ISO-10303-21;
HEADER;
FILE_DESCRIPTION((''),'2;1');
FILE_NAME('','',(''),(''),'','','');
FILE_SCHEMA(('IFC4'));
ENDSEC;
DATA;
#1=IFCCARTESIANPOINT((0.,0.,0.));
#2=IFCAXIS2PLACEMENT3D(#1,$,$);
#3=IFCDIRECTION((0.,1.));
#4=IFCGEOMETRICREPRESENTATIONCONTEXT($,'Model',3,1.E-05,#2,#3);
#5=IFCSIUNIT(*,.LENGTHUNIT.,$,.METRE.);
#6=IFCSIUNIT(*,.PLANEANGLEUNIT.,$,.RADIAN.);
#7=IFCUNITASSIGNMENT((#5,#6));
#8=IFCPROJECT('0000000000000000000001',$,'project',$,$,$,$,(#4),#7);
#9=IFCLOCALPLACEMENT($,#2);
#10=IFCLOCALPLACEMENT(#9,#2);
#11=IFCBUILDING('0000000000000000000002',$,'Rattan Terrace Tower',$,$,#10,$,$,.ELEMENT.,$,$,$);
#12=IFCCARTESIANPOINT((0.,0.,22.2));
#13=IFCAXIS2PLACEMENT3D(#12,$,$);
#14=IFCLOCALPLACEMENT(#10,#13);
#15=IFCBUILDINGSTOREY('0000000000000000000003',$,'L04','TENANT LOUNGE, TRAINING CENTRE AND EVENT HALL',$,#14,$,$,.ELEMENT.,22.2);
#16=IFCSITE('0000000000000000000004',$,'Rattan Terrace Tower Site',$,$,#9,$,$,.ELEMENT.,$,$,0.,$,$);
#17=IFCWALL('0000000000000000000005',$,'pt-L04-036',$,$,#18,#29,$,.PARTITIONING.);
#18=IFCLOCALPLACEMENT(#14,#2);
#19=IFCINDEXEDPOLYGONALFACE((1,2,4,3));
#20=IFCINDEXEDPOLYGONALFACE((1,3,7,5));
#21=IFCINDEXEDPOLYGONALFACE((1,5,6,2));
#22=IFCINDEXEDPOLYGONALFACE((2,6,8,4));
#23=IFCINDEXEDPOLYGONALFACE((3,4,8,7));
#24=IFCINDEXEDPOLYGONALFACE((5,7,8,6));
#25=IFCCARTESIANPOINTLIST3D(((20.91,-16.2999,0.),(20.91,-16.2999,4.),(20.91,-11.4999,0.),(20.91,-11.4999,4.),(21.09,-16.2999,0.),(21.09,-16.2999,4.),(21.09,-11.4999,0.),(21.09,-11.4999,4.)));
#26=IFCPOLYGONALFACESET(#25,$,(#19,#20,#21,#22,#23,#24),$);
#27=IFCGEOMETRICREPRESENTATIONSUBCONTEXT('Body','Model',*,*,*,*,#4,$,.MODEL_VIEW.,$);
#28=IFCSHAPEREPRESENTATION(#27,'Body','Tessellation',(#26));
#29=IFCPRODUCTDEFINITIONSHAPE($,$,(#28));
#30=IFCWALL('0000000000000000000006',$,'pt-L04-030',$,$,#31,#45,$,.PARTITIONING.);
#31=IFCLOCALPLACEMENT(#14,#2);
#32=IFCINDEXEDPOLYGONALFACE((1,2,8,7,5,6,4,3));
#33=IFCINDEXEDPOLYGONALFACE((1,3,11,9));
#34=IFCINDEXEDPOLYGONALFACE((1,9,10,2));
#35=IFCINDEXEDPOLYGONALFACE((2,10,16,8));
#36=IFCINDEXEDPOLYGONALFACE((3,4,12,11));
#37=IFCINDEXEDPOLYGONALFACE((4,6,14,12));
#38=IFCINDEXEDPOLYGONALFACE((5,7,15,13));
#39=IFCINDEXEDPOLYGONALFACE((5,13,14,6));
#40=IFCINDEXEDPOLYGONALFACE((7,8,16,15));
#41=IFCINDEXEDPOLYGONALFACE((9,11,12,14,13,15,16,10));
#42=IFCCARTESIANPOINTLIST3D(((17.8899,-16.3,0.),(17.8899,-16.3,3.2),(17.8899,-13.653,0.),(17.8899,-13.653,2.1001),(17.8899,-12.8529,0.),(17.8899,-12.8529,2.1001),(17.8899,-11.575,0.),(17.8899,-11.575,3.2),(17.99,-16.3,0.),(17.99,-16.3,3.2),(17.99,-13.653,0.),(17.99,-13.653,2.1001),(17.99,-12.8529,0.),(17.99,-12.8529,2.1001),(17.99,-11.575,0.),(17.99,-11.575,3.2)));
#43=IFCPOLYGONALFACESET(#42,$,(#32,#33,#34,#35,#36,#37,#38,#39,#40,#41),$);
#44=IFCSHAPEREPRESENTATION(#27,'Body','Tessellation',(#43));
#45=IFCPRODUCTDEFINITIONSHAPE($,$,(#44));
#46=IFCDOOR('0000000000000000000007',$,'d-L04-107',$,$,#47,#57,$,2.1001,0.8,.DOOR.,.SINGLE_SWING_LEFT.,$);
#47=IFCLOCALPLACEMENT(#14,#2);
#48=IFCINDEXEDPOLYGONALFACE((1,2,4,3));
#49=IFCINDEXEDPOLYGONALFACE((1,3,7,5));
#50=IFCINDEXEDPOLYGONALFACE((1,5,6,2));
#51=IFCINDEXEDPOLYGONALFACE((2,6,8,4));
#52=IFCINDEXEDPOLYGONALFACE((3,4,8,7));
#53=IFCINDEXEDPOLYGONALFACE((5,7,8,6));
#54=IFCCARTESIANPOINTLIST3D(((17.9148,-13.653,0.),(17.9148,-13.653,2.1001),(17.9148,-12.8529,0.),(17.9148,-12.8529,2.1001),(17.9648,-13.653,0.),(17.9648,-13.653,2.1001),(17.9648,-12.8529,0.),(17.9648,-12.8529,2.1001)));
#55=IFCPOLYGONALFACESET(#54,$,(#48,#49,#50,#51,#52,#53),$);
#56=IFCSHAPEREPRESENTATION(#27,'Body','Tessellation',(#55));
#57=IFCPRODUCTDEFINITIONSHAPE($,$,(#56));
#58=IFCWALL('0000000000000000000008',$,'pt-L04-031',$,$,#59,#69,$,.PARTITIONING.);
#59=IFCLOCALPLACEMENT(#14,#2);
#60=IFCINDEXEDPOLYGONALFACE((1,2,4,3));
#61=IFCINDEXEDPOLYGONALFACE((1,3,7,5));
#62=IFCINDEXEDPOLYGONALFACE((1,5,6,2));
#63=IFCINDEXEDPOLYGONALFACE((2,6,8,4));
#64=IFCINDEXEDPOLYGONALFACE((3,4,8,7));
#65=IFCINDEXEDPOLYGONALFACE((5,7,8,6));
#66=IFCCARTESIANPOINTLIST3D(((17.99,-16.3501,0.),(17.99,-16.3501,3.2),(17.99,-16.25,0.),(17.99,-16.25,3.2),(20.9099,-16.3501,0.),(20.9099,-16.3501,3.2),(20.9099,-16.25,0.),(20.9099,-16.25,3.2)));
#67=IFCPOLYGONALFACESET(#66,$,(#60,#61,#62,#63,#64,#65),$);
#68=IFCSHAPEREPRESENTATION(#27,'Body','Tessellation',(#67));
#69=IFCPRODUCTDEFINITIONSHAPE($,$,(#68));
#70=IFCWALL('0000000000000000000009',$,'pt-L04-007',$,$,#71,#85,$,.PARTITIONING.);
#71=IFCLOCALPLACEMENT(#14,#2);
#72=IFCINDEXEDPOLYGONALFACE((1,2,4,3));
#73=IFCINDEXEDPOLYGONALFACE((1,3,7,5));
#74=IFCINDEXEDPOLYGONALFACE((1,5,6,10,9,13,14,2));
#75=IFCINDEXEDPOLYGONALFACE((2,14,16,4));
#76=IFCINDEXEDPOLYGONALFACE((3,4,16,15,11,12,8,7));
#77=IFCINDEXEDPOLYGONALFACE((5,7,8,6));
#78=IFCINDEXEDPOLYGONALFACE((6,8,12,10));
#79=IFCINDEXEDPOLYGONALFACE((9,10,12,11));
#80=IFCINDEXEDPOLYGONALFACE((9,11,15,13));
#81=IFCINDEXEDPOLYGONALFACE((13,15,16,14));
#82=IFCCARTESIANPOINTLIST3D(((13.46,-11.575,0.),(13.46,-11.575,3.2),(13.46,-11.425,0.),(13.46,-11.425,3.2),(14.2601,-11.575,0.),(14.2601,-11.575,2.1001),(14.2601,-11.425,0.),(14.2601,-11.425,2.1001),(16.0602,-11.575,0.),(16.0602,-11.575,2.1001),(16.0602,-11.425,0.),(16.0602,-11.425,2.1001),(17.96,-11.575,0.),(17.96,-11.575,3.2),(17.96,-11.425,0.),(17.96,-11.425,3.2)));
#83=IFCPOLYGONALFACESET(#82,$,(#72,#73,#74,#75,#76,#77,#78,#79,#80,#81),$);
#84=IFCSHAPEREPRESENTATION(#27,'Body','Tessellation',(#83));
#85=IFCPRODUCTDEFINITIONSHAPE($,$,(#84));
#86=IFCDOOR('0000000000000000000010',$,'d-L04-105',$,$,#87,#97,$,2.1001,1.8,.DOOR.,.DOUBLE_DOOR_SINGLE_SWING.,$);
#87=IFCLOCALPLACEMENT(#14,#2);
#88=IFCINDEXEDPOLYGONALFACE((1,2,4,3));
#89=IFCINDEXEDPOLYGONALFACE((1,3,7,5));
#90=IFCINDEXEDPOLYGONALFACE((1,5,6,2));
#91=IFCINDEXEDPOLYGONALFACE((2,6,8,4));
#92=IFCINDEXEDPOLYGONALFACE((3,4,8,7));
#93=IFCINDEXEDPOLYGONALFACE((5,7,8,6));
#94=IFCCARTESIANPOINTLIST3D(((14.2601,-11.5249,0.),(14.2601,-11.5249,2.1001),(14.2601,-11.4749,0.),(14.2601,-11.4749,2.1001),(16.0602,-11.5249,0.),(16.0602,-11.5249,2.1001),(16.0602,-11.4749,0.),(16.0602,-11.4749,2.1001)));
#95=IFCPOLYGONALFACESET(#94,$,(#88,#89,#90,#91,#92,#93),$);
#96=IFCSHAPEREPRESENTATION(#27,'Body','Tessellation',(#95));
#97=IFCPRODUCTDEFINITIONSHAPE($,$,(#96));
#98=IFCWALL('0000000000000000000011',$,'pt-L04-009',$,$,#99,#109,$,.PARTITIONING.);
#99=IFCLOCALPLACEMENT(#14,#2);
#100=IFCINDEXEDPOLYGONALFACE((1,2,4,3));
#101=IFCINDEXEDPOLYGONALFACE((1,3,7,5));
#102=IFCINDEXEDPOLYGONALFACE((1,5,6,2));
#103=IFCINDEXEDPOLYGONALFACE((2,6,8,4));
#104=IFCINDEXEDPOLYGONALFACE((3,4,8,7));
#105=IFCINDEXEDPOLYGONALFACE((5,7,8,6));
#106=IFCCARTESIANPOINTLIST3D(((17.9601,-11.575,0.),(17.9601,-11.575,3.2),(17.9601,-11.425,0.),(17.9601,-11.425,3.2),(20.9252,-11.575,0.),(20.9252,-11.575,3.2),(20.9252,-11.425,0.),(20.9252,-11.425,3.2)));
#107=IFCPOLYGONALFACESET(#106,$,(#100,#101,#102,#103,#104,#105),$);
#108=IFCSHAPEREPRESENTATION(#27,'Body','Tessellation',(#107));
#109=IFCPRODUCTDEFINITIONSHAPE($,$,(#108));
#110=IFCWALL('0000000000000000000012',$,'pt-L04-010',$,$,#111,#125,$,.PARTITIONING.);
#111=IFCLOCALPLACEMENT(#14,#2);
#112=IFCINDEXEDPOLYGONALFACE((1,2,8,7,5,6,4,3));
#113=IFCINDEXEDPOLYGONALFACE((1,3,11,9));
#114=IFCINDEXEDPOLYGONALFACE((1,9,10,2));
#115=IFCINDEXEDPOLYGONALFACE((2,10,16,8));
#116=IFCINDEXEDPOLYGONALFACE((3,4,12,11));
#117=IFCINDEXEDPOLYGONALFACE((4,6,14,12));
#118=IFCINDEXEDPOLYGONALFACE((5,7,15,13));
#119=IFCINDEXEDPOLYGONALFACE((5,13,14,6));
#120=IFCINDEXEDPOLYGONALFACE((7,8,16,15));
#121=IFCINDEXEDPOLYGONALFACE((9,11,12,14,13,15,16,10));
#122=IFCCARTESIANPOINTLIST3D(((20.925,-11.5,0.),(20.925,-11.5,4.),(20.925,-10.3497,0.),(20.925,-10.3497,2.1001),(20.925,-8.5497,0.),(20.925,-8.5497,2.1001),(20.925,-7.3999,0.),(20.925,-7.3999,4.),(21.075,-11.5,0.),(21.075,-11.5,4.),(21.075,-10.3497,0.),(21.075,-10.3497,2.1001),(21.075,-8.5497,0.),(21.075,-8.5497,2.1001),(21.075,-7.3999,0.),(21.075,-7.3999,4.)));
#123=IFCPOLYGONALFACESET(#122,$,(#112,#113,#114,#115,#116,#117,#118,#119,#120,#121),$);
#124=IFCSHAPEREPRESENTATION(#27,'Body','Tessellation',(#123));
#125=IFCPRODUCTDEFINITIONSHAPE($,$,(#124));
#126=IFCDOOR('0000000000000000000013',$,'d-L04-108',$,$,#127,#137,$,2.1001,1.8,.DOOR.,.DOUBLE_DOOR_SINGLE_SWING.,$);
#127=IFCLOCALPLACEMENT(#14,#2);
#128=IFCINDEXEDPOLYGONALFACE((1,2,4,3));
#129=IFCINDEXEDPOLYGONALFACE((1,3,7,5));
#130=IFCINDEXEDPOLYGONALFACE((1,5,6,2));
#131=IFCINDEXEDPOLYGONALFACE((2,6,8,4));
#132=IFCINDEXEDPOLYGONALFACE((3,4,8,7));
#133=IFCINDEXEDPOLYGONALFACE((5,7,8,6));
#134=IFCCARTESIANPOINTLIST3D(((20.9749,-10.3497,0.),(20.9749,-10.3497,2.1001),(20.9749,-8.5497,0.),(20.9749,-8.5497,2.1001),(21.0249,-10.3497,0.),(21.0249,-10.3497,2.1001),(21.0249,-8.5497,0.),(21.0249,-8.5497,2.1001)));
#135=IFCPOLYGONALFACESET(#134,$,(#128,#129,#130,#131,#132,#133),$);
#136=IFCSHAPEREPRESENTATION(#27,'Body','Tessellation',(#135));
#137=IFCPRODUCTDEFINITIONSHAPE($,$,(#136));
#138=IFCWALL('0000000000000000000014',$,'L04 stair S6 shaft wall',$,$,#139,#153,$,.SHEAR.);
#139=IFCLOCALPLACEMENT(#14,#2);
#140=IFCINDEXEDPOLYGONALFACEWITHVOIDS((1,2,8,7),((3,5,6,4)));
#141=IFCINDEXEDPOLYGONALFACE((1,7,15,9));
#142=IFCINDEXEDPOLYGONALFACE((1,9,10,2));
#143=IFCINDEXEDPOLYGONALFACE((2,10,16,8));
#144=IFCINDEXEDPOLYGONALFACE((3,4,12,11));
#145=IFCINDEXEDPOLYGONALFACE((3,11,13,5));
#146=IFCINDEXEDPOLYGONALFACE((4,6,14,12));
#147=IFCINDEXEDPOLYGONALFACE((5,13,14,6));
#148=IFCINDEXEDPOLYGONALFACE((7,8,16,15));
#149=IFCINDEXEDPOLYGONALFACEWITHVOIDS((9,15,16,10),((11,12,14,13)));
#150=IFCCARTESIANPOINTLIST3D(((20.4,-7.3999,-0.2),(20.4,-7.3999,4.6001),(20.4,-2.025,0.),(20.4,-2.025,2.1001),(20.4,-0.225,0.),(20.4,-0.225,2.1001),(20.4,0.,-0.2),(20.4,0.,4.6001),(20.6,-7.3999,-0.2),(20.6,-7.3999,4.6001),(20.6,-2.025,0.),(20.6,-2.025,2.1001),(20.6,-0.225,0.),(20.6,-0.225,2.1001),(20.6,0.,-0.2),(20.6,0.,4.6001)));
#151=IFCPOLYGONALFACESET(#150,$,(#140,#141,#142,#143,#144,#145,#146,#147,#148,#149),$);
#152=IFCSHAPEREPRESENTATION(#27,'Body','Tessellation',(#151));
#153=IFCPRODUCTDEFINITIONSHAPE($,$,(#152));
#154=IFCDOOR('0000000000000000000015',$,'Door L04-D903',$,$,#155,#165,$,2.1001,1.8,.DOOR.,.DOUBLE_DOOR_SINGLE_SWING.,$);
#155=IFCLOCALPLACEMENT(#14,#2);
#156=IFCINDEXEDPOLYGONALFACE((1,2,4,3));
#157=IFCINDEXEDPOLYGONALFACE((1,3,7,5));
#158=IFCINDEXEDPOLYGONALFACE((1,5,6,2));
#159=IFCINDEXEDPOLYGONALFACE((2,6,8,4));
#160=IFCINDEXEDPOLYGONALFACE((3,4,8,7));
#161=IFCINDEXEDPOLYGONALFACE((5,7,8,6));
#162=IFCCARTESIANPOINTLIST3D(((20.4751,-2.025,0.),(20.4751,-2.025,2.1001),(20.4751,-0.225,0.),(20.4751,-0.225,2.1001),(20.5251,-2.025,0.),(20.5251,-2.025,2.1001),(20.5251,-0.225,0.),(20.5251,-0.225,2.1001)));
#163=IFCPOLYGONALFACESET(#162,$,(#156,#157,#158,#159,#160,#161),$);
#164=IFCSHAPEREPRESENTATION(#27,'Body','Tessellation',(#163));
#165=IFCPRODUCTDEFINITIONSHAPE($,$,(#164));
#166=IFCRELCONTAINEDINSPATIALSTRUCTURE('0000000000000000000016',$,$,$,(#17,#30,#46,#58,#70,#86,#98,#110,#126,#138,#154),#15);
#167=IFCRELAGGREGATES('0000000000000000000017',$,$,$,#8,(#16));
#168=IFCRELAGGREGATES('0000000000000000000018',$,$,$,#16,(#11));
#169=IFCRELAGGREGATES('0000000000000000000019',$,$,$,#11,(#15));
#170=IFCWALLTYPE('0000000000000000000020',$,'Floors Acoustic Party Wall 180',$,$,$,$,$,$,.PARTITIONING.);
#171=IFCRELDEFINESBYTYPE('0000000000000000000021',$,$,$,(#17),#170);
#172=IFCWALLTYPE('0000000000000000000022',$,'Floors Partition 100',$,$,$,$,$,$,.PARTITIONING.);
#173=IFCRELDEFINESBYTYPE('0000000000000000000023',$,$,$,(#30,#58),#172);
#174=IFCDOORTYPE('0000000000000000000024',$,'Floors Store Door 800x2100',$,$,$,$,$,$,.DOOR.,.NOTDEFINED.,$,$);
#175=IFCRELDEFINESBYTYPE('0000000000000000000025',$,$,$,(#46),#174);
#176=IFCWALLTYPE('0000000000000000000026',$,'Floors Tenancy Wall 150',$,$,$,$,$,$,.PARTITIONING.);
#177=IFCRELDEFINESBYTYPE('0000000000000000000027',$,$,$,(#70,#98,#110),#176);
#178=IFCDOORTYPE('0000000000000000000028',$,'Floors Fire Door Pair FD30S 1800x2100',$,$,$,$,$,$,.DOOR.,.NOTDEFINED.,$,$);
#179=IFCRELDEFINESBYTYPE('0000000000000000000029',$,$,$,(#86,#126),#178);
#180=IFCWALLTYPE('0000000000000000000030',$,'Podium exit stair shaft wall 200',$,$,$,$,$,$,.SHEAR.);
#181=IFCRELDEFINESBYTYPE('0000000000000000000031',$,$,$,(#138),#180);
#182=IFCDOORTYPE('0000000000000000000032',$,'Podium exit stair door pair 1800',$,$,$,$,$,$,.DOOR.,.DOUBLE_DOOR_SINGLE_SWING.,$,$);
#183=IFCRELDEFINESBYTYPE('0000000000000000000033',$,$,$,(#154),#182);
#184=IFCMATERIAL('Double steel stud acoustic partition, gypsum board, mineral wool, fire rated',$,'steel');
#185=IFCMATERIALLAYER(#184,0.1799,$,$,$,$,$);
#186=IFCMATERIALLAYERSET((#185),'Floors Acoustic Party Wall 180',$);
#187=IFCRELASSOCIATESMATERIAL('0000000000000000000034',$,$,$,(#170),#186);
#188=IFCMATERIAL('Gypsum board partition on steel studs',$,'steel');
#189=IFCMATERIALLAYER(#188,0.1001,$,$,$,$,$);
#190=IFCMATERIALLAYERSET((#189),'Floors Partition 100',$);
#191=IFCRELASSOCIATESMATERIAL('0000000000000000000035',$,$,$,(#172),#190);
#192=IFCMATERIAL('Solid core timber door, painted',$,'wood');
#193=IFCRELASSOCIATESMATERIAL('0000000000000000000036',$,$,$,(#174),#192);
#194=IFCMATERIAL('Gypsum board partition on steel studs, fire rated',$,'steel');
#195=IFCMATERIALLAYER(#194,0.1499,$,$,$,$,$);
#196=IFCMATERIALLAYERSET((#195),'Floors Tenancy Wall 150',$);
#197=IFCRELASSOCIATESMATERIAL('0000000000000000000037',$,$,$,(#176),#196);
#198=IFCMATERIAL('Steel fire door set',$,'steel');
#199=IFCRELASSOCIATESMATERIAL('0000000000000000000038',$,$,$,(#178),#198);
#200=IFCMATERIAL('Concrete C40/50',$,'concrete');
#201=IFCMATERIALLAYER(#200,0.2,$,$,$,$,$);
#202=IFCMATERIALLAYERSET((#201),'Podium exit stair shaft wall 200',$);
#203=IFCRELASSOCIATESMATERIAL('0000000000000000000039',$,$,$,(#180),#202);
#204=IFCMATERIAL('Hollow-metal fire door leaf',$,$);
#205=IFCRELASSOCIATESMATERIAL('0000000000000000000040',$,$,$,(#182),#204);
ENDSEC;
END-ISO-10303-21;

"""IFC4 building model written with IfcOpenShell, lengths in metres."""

from ifc_helpers import new_model, si_unit, direction, frame, frame_2d, origin, place, context, subcontext, project, spatial, rectangle, extrude, material, layer, layer_set, type_object, element, fill, save


model = new_model("IFC4")

# Units and contexts
model_context = context("Model", 3, precision=1e-05, world=origin(), true_north=direction((0.0, 1.0)))
body_context = subcontext(model_context, "Body", "Model", "MODEL_VIEW")
ifc_project = project(units=[si_unit("LENGTHUNIT", "METRE"), si_unit("PLANEANGLEUNIT", "RADIAN")], contexts=[model_context])

# Site, building, storey
site_placement = place(None, origin())
site = spatial("IfcSite", under=ifc_project, at=site_placement, Name="Rattan Terrace Tower Site", CompositionType="ELEMENT", RefElevation=0.0)
building_placement = place(site_placement, origin())
building = spatial("IfcBuilding", under=site, at=building_placement, Name="Rattan Terrace Tower", CompositionType="ELEMENT")
storey_placement = place(building_placement, frame((0.0, 0.0, 22.2)))
storey = spatial("IfcBuildingStorey", under=building, at=storey_placement, Name="L04", Description="TENANT LOUNGE, TRAINING CENTRE AND EVENT HALL", CompositionType="ELEMENT", Elevation=22.2)

# Wall
ifc_material_1 = material(Name="Double steel stud acoustic partition, gypsum board, mineral wool, fire rated", Category="steel")
ifc_layer_1 = layer(ifc_material_1, 0.1799)
ifc_layer_set_1 = layer_set([ifc_layer_1], Name="Floors Acoustic Party Wall 180")
wall_type_1 = type_object("IfcWallType", Name="Floors Acoustic Party Wall 180", PredefinedType="PARTITIONING", material=ifc_layer_set_1)
wall_1_placement = place(storey_placement, frame((21.0, -11.5, 0.0), z_axis=(0.0, 0.0, 1.0), x_axis=(0.0, -1.0, 0.0)))
element("IfcWall", 1, at=wall_1_placement, inside=storey, type_object=wall_type_1, Name="pt-L04-036", PredefinedType="PARTITIONING", context=body_context, shape_type="SweptSolid", body=[
    extrude(rectangle(XDim=4.8, YDim=0.1799, at=frame_2d((2.3999, 0.0))), origin(), (0.0, 0.0, 1.0), 4.0),
])

# Wall, opening, door
ifc_material_2 = material(Name="Gypsum board partition on steel studs", Category="steel")
ifc_layer_2 = layer(ifc_material_2, 0.1001)
ifc_layer_set_2 = layer_set([ifc_layer_2], Name="Floors Partition 100")
wall_type_2 = type_object("IfcWallType", Name="Floors Partition 100", PredefinedType="PARTITIONING", material=ifc_layer_set_2)
wall_2_placement = place(storey_placement, frame((17.9399, -11.575, 0.0), z_axis=(0.0, 0.0, 1.0), x_axis=(0.0, -1.0, 0.0)))
wall_2 = element("IfcWall", 2, at=wall_2_placement, inside=storey, type_object=wall_type_2, Name="pt-L04-030", PredefinedType="PARTITIONING", context=body_context, shape_type="SweptSolid", body=[
    extrude(rectangle(XDim=4.7251, YDim=0.1001, at=frame_2d((2.3625, 0.0))), origin(), (0.0, 0.0, 1.0), 3.2),
])
opening_1_placement = place(wall_2_placement, frame((1.2781, 0.0, 0.0)))
opening_1 = element("IfcOpeningElement", 3, at=opening_1_placement, cuts=wall_2, PredefinedType="OPENING", context=body_context, shape_type="SweptSolid", body=[
    extrude(rectangle(XDim=0.8, YDim=2.1001, at=frame_2d((0.3999, 1.05))), frame((0.0, 0.0605, 0.0), z_axis=(0.0, -1.0, 0.0), x_axis=(1.0, 0.0, 0.0)), (0.0, 0.0, 1.0), 0.1211),
])
ifc_material_3 = material(Name="Solid core timber door, painted", Category="wood")
door_type_1 = type_object("IfcDoorType", Name="Floors Store Door 800x2100", OperationType="NOTDEFINED", PredefinedType="DOOR", material=ifc_material_3)
door_1_placement = place(opening_1_placement, origin())
door_1 = element("IfcDoor", 4, at=door_1_placement, inside=storey, type_object=door_type_1, Name="d-L04-107", OperationType="SINGLE_SWING_LEFT", OverallHeight=2.1001, OverallWidth=0.8, PredefinedType="DOOR", context=body_context, shape_type="SweptSolid", body=[
    extrude(rectangle(XDim=0.8, YDim=2.1001, at=frame_2d((0.3999, 1.05))), frame((0.0, 0.0249, 0.0), z_axis=(0.0, -1.0, 0.0), x_axis=(1.0, 0.0, 0.0)), (0.0, 0.0, 1.0), 0.05),
])
fill(opening_1, door_1)

# Wall
wall_3_placement = place(storey_placement, frame((17.99, -16.3, 0.0), z_axis=(0.0, 0.0, 1.0), x_axis=(1.0, 0.0, 0.0)))
element("IfcWall", 5, at=wall_3_placement, inside=storey, type_object=wall_type_2, Name="pt-L04-031", PredefinedType="PARTITIONING", context=body_context, shape_type="SweptSolid", body=[
    extrude(rectangle(XDim=2.9199, YDim=0.1001, at=frame_2d((1.46, 0.0))), origin(), (0.0, 0.0, 1.0), 3.2),
])

# Wall, opening, door
ifc_material_4 = material(Name="Gypsum board partition on steel studs, fire rated", Category="steel")
ifc_layer_3 = layer(ifc_material_4, 0.1499)
ifc_layer_set_3 = layer_set([ifc_layer_3], Name="Floors Tenancy Wall 150")
wall_type_3 = type_object("IfcWallType", Name="Floors Tenancy Wall 150", PredefinedType="PARTITIONING", material=ifc_layer_set_3)
wall_4_placement = place(storey_placement, frame((17.96, -11.5, 0.0), z_axis=(0.0, 0.0, 1.0), x_axis=(-1.0, 0.0, 0.0)))
wall_4 = element("IfcWall", 6, at=wall_4_placement, inside=storey, type_object=wall_type_3, Name="pt-L04-007", PredefinedType="PARTITIONING", context=body_context, shape_type="SweptSolid", body=[
    extrude(rectangle(XDim=4.5, YDim=0.1499, at=frame_2d((2.25, 0.0))), origin(), (0.0, 0.0, 1.0), 3.2),
])
opening_2_placement = place(wall_4_placement, frame((1.8999, 0.0, 0.0)))
opening_2 = element("IfcOpeningElement", 7, at=opening_2_placement, cuts=wall_4, PredefinedType="OPENING", context=body_context, shape_type="SweptSolid", body=[
    extrude(rectangle(XDim=1.8, YDim=2.1001, at=frame_2d((0.8999, 1.05))), frame((0.0, 0.0854, 0.0), z_axis=(0.0, -1.0, 0.0), x_axis=(1.0, 0.0, 0.0)), (0.0, 0.0, 1.0), 0.1709),
])
ifc_material_5 = material(Name="Steel fire door set", Category="steel")
door_type_2 = type_object("IfcDoorType", Name="Floors Fire Door Pair FD30S 1800x2100", OperationType="NOTDEFINED", PredefinedType="DOOR", material=ifc_material_5)
door_2_placement = place(opening_2_placement, origin())
door_2 = element("IfcDoor", 8, at=door_2_placement, inside=storey, type_object=door_type_2, Name="d-L04-105", OperationType="DOUBLE_DOOR_SINGLE_SWING", OverallHeight=2.1001, OverallWidth=1.8, PredefinedType="DOOR", context=body_context, shape_type="SweptSolid", body=[
    extrude(rectangle(XDim=1.8, YDim=2.1001, at=frame_2d((0.8999, 1.05))), frame((0.0, 0.0249, 0.0), z_axis=(0.0, -1.0, 0.0), x_axis=(1.0, 0.0, 0.0)), (0.0, 0.0, 1.0), 0.05),
])
fill(opening_2, door_2)

# Wall
wall_5_placement = place(storey_placement, frame((20.925, -11.5, 0.0), z_axis=(0.0, 0.0, 1.0), x_axis=(-1.0, 0.0, 0.0)))
element("IfcWall", 9, at=wall_5_placement, inside=storey, type_object=wall_type_3, Name="pt-L04-009", PredefinedType="PARTITIONING", context=body_context, shape_type="SweptSolid", body=[
    extrude(rectangle(XDim=2.9651, YDim=0.1499, at=frame_2d((1.4824, 0.0))), origin(), (0.0, 0.0, 1.0), 3.2),
])

# Walls, openings, doors
wall_6_placement = place(storey_placement, frame((21.0, -7.3999, 0.0), z_axis=(0.0, 0.0, 1.0), x_axis=(0.0, -1.0, 0.0)))
wall_6 = element("IfcWall", 10, at=wall_6_placement, inside=storey, type_object=wall_type_3, Name="pt-L04-010", PredefinedType="PARTITIONING", context=body_context, shape_type="SweptSolid", body=[
    extrude(rectangle(XDim=4.1001, YDim=0.1499, at=frame_2d((2.05, 0.0))), origin(), (0.0, 0.0, 1.0), 4.0),
])
opening_3_placement = place(wall_6_placement, frame((1.1499, 0.0, 0.0)))
opening_3 = element("IfcOpeningElement", 11, at=opening_3_placement, cuts=wall_6, PredefinedType="OPENING", context=body_context, shape_type="SweptSolid", body=[
    extrude(rectangle(XDim=1.8, YDim=2.1001, at=frame_2d((0.8999, 1.05))), frame((0.0, 0.0854, 0.0), z_axis=(0.0, -1.0, 0.0), x_axis=(1.0, 0.0, 0.0)), (0.0, 0.0, 1.0), 0.1709),
])
door_3_placement = place(opening_3_placement, origin())
door_3 = element("IfcDoor", 12, at=door_3_placement, inside=storey, type_object=door_type_2, Name="d-L04-108", OperationType="DOUBLE_DOOR_SINGLE_SWING", OverallHeight=2.1001, OverallWidth=1.8, PredefinedType="DOOR", context=body_context, shape_type="SweptSolid", body=[
    extrude(rectangle(XDim=1.8, YDim=2.1001, at=frame_2d((0.8999, 1.05))), frame((0.0, 0.0249, 0.0), z_axis=(0.0, -1.0, 0.0), x_axis=(1.0, 0.0, 0.0)), (0.0, 0.0, 1.0), 0.05),
])
fill(opening_3, door_3)
ifc_material_6 = material(Name="Concrete C40/50", Category="concrete")
ifc_layer_4 = layer(ifc_material_6, 0.2)
ifc_layer_set_4 = layer_set([ifc_layer_4], Name="Podium exit stair shaft wall 200")
wall_type_4 = type_object("IfcWallType", Name="Podium exit stair shaft wall 200", PredefinedType="SHEAR", material=ifc_layer_set_4)
wall_7_placement = place(storey_placement, frame((20.5, -7.3999, -0.2), z_axis=(0.0, 0.0, 1.0), x_axis=(0.0, 1.0, 0.0)))
wall_7 = element("IfcWall", 13, at=wall_7_placement, inside=storey, type_object=wall_type_4, Name="L04 stair S6 shaft wall", PredefinedType="SHEAR", context=body_context, shape_type="SweptSolid", body=[
    extrude(rectangle(XDim=7.3999, YDim=0.2, at=frame_2d((3.7, 0.0))), origin(), (0.0, 0.0, 1.0), 4.8),
])
opening_4_placement = place(wall_7_placement, frame((5.375, 0.0, 0.2)))
opening_4 = element("IfcOpeningElement", 14, at=opening_4_placement, cuts=wall_7, PredefinedType="OPENING", context=body_context, shape_type="SweptSolid", body=[
    extrude(rectangle(XDim=1.8, YDim=2.1001, at=frame_2d((0.8999, 1.05))), frame((0.0, 0.1106, 0.0), z_axis=(0.0, -1.0, 0.0), x_axis=(1.0, 0.0, 0.0)), (0.0, 0.0, 1.0), 0.2209),
])
ifc_material_7 = material(Name="Hollow-metal fire door leaf")
door_type_3 = type_object("IfcDoorType", Name="Podium exit stair door pair 1800", OperationType="DOUBLE_DOOR_SINGLE_SWING", PredefinedType="DOOR", material=ifc_material_7)
door_4_placement = place(opening_4_placement, origin())
door_4 = element("IfcDoor", 15, at=door_4_placement, inside=storey, type_object=door_type_3, Name="Door L04-D903", OperationType="DOUBLE_DOOR_SINGLE_SWING", OverallHeight=2.1001, OverallWidth=1.8, PredefinedType="DOOR", context=body_context, shape_type="SweptSolid", body=[
    extrude(rectangle(XDim=1.8, YDim=2.1001, at=frame_2d((0.8999, 1.05))), frame((0.0, 0.0249, 0.0), z_axis=(0.0, -1.0, 0.0), x_axis=(1.0, 0.0, 0.0)), (0.0, 0.0, 1.0), 0.05),
])
fill(opening_4, door_4)

save(model, "model.ifc")
